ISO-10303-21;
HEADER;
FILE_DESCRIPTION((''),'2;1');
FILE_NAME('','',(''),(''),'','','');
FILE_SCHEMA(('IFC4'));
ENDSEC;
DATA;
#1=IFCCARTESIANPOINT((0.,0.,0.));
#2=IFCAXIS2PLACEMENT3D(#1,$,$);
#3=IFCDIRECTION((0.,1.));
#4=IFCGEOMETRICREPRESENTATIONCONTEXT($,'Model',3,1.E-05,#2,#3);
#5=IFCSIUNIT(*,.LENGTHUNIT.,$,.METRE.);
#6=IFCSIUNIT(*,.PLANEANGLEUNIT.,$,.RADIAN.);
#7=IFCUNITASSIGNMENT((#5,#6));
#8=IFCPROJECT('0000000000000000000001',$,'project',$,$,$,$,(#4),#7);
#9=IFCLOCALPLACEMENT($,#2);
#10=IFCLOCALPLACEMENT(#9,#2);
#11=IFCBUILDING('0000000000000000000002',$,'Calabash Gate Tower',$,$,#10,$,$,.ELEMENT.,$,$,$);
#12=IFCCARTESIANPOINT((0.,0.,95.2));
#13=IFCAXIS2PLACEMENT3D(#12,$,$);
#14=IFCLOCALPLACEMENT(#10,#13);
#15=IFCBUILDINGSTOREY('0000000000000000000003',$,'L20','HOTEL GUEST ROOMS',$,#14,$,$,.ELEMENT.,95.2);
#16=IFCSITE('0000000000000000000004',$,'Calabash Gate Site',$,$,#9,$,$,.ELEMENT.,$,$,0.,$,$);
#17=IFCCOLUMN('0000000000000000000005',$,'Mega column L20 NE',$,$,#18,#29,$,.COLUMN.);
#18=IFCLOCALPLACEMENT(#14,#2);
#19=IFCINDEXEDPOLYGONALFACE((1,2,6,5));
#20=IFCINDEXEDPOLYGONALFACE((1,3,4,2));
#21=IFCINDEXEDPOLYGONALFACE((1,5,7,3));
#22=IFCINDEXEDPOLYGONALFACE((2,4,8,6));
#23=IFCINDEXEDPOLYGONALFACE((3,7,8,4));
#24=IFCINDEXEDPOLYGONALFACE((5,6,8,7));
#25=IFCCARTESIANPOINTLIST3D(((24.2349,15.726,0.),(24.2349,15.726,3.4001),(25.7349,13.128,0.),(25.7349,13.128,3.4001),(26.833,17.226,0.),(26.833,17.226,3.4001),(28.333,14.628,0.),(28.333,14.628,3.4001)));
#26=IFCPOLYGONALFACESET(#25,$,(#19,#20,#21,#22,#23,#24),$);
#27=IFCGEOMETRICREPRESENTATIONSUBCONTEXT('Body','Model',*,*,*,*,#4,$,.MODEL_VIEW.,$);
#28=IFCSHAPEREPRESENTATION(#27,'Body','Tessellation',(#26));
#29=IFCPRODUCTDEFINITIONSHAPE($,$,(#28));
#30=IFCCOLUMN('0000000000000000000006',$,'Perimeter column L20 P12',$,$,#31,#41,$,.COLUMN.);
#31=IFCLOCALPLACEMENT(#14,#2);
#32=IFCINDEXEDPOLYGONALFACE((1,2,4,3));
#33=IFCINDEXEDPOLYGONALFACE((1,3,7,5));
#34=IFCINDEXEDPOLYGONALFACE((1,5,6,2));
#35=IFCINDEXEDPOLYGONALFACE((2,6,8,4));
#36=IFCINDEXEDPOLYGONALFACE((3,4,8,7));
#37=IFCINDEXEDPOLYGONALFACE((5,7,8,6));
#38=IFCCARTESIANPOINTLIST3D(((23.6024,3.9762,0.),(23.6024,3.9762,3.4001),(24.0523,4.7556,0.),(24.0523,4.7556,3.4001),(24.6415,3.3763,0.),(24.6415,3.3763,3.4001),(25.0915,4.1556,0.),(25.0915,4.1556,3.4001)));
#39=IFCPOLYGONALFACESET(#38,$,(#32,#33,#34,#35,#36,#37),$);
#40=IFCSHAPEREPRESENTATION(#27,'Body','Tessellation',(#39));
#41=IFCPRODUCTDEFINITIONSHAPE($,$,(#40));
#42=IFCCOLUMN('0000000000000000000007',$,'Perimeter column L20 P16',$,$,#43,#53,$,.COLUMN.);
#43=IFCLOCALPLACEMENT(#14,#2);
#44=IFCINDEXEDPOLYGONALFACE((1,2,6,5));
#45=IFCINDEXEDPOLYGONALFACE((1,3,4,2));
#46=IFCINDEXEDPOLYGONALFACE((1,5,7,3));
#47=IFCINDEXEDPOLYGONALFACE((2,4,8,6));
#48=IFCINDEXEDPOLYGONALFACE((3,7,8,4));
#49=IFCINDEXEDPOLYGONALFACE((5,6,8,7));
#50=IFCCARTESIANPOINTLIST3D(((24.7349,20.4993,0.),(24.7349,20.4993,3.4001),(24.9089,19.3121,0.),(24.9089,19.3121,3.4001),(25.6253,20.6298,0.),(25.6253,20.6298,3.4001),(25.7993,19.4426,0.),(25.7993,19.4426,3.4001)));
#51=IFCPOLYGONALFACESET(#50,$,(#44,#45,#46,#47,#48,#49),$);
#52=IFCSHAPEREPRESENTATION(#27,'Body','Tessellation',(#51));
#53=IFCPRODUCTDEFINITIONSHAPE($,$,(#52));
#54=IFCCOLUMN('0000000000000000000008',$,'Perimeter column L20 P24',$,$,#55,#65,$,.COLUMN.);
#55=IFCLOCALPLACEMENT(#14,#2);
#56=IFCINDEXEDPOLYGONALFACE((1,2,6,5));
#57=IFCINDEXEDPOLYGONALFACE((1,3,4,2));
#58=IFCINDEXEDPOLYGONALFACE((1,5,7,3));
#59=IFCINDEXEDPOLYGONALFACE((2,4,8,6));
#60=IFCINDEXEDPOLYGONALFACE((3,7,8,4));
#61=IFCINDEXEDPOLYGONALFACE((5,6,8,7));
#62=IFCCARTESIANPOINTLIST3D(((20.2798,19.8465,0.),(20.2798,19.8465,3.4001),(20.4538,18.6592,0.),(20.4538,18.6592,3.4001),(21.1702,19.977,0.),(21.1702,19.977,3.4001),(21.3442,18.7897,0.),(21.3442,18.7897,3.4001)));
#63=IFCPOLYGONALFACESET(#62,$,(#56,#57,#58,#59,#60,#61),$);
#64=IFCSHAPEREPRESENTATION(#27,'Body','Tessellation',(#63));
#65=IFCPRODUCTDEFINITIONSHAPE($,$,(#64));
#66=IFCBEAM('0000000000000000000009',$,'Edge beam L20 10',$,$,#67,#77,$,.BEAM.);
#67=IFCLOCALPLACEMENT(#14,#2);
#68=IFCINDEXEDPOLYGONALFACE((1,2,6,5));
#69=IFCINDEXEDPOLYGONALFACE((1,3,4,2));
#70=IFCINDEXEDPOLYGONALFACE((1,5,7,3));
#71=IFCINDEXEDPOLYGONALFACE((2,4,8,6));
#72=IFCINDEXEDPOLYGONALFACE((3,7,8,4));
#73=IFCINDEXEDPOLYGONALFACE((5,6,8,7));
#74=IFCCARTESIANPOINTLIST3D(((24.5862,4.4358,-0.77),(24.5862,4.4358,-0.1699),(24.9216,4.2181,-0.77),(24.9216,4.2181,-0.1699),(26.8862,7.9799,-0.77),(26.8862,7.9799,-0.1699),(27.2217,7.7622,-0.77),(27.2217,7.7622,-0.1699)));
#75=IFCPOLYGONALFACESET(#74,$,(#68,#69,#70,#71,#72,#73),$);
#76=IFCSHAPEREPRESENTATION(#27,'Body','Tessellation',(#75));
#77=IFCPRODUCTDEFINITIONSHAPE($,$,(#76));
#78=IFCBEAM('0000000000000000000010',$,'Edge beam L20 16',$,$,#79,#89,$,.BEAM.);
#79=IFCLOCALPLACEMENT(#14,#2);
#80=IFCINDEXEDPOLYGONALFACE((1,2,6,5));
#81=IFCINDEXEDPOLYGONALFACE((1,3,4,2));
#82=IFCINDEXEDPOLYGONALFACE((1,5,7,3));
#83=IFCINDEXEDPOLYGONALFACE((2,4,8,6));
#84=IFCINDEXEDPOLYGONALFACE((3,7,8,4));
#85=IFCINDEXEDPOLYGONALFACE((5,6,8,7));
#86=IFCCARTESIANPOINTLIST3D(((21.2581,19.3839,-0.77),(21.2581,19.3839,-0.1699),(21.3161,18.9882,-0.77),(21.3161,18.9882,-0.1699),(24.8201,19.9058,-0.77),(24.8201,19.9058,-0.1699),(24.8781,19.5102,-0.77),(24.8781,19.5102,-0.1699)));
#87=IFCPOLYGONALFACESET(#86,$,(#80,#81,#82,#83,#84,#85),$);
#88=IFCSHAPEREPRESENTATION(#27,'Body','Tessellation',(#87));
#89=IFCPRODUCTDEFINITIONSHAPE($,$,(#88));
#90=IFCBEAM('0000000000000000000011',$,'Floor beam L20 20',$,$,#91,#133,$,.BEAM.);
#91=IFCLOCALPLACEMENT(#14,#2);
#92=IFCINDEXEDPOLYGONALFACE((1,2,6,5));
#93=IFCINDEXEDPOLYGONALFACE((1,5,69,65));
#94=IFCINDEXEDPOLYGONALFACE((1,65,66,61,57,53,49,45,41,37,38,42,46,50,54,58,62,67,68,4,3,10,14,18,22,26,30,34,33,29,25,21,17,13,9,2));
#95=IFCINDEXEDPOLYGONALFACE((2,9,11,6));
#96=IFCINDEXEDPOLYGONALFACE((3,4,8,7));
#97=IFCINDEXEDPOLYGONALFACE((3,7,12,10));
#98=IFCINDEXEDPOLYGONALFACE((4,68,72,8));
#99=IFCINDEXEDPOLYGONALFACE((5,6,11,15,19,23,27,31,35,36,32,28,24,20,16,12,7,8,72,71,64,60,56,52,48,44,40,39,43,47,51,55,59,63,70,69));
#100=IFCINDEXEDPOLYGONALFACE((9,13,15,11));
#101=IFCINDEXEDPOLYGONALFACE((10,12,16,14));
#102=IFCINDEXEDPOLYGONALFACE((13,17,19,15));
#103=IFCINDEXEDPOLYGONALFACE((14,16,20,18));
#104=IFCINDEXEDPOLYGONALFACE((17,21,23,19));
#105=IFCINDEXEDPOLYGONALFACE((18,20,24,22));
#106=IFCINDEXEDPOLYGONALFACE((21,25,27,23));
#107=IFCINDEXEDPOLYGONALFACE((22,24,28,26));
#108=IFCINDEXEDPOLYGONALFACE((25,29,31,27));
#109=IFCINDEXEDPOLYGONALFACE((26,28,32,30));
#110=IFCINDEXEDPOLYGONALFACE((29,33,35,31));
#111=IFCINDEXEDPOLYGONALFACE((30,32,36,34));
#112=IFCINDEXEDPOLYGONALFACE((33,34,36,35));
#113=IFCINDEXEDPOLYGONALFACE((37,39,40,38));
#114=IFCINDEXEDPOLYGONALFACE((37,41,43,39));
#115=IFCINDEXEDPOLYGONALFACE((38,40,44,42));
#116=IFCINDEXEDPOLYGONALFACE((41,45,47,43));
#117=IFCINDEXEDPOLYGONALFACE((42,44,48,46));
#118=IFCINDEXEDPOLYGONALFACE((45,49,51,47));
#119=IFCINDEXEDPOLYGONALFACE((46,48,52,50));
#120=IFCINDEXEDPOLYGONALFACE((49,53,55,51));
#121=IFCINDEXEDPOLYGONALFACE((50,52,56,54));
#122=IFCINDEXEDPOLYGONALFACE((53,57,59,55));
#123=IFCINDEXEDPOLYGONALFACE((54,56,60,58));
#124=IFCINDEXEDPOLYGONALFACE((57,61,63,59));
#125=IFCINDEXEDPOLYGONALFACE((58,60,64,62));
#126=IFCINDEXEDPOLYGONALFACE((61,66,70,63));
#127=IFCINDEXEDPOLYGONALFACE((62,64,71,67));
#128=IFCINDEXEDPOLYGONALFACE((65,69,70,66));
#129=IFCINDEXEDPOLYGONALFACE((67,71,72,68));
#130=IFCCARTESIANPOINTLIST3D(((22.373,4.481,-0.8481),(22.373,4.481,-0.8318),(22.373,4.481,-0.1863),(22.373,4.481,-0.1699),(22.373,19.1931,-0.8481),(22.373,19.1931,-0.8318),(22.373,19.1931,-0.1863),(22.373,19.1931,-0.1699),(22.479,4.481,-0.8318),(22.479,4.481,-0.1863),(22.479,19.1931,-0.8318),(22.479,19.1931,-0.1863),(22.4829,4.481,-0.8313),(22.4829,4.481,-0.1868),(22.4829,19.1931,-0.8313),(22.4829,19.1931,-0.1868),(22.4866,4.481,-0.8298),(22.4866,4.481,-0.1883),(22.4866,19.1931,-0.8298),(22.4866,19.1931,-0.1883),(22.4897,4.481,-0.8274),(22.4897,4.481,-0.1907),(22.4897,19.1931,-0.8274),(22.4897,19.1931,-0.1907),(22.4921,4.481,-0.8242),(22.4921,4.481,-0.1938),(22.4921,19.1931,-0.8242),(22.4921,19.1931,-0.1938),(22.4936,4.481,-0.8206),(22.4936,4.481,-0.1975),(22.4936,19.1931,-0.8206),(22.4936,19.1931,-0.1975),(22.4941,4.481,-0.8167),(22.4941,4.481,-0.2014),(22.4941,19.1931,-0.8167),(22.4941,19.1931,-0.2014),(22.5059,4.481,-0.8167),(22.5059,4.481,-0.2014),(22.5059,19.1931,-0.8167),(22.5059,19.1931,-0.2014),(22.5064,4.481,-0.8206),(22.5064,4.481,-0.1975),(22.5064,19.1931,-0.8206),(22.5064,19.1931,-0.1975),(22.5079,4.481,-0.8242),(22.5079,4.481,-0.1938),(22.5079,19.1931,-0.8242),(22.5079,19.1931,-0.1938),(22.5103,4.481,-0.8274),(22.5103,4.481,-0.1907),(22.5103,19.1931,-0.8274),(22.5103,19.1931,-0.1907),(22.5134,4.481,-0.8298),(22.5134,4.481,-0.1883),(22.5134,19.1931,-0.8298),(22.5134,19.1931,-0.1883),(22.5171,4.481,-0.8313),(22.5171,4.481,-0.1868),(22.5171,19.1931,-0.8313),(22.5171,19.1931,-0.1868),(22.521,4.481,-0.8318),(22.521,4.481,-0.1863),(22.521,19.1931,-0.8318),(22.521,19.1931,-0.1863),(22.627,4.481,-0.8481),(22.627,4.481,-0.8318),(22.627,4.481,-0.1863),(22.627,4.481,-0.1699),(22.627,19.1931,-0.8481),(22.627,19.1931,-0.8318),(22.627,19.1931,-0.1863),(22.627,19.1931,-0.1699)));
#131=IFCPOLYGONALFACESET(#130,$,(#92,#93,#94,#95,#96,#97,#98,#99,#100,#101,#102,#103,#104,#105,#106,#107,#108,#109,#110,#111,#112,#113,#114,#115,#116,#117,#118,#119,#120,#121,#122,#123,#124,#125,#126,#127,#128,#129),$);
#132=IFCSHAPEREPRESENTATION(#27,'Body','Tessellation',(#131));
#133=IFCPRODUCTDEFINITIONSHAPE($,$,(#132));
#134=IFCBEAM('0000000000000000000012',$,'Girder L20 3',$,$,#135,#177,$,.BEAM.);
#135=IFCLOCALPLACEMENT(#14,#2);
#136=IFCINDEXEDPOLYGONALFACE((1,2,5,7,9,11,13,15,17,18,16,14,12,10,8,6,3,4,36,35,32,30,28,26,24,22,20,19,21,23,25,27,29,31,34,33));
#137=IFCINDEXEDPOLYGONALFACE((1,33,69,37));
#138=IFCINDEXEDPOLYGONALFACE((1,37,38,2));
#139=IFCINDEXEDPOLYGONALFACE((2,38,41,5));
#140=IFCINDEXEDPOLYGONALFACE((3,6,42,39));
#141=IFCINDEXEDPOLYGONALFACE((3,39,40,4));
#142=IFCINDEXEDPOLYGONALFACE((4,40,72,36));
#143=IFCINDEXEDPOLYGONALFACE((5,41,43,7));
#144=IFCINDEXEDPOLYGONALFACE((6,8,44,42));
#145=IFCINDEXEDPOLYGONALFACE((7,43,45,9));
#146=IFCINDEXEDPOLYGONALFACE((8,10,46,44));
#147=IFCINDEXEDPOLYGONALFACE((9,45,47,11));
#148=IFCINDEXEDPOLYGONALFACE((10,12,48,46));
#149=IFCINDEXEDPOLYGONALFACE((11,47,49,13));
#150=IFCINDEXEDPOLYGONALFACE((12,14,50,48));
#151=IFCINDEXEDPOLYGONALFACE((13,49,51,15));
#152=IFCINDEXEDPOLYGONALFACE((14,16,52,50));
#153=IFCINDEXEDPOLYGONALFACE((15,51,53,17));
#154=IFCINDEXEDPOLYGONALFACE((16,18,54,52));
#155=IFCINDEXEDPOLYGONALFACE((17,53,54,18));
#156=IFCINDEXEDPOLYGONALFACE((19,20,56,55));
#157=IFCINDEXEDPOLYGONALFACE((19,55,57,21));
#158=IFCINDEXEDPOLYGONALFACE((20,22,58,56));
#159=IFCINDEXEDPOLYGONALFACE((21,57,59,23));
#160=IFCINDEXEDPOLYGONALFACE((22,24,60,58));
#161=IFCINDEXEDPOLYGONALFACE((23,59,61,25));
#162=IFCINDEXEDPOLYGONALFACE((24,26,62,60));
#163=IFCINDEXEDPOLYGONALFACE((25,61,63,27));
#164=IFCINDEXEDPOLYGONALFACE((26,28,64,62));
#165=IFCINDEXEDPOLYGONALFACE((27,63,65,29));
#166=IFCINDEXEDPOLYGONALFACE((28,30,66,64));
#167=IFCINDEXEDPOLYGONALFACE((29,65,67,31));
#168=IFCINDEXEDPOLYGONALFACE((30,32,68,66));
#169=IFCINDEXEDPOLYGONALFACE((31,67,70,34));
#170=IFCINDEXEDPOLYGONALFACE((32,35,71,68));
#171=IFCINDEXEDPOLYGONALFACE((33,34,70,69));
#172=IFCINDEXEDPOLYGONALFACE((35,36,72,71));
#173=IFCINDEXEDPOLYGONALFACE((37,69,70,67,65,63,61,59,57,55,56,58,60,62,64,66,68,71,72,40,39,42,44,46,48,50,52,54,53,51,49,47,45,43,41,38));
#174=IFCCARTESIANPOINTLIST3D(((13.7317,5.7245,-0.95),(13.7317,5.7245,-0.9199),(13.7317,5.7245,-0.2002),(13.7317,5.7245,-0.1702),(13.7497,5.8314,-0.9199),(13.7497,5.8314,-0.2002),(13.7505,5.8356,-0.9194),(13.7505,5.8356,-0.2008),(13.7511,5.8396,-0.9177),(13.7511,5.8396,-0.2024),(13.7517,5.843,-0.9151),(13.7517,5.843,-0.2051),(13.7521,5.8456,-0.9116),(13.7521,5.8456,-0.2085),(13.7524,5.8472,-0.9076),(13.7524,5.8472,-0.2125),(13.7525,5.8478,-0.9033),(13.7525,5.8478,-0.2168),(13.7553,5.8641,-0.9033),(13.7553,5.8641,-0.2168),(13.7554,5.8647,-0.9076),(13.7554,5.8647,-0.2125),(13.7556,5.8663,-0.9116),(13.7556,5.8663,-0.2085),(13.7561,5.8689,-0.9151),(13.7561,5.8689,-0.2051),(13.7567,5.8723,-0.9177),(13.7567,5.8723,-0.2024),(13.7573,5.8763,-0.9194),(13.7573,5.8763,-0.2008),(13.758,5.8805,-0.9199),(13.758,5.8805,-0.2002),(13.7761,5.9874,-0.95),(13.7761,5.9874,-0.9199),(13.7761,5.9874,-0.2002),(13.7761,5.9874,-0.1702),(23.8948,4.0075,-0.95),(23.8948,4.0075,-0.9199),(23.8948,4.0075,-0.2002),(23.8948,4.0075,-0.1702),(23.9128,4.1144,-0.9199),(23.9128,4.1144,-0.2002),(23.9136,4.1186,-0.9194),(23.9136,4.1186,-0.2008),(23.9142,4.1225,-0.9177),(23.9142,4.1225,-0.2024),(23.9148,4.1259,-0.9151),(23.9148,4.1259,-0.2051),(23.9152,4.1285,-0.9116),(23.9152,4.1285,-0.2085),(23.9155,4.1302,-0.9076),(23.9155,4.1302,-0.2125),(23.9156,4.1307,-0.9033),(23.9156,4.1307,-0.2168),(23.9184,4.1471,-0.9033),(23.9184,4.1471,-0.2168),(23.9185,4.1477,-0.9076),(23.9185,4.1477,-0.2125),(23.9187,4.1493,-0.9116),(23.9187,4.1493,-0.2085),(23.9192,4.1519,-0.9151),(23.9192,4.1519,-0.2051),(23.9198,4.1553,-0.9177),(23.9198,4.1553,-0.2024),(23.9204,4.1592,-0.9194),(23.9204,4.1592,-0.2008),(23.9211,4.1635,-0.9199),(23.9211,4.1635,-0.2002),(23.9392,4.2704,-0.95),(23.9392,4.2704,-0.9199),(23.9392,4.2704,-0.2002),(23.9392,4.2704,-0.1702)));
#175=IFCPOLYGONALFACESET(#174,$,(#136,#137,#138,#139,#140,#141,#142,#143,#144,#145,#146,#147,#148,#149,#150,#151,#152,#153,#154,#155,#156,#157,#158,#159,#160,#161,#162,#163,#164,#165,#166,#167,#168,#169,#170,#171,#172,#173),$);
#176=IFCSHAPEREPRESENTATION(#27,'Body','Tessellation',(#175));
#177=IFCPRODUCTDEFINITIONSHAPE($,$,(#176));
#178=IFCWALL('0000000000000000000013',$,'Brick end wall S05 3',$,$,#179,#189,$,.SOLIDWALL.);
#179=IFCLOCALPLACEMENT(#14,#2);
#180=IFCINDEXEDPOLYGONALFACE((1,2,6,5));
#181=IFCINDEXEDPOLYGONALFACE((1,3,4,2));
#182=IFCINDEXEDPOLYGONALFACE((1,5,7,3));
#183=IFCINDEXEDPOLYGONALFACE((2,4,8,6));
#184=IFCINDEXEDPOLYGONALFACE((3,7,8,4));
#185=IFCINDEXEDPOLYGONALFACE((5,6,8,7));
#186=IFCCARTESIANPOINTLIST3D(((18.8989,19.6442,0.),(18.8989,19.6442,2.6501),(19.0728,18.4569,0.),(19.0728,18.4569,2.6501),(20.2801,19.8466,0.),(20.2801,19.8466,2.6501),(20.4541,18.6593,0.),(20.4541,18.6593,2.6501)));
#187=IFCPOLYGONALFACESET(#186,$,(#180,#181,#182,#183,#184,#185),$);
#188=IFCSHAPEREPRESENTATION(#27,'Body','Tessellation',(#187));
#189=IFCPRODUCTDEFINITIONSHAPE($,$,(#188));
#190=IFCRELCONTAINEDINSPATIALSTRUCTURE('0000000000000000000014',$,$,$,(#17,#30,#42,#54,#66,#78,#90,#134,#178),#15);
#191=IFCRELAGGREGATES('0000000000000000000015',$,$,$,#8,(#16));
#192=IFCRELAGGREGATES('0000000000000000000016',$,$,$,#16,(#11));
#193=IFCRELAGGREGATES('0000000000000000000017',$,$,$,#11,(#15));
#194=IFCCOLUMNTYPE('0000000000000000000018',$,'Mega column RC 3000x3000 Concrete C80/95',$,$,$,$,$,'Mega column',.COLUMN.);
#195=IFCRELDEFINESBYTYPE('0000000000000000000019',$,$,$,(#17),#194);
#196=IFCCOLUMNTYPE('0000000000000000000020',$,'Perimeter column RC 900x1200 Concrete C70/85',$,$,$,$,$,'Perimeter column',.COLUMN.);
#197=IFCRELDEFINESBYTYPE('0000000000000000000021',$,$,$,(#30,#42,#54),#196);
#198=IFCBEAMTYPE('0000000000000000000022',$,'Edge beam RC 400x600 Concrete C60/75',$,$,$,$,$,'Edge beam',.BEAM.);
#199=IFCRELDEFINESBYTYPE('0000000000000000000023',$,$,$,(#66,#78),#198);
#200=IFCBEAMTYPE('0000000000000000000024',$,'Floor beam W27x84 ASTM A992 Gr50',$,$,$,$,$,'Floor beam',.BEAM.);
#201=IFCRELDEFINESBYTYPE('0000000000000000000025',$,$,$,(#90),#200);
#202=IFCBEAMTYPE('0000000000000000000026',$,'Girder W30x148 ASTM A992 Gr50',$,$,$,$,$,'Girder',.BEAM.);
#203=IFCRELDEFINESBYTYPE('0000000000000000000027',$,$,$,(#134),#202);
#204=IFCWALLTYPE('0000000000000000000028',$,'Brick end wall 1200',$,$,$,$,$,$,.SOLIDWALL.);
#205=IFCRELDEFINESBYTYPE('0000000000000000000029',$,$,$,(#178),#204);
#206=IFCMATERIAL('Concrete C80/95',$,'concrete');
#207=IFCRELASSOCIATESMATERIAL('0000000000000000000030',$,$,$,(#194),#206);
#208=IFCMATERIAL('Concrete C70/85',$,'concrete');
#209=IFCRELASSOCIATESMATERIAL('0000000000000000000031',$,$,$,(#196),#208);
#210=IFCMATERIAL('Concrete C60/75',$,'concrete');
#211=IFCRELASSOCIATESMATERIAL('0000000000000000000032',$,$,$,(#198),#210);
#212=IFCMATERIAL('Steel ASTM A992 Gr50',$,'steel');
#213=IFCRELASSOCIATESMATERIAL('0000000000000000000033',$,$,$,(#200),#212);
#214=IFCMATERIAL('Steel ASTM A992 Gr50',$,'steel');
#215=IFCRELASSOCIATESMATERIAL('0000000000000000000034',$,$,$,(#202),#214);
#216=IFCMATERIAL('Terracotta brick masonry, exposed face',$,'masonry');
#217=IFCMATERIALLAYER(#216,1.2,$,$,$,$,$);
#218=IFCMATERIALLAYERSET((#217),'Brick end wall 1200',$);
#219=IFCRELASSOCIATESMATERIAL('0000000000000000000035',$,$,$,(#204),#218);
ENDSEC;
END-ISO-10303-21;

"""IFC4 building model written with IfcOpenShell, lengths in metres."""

from ifc_helpers import new_model, si_unit, direction, frame, frame_2d, origin, origin_2d, place, context, subcontext, project, spatial, rectangle, i_section, extrude, material, layer, layer_set, material_profile, profile_set, type_object, element, save


model = new_model("IFC4")

# Units and contexts
model_context = context("Model", 3, precision=1e-05, world=origin(), true_north=direction((0.0, 1.0)))
body_context = subcontext(model_context, "Body", "Model", "MODEL_VIEW")
ifc_project = project(units=[si_unit("LENGTHUNIT", "METRE"), si_unit("PLANEANGLEUNIT", "RADIAN")], contexts=[model_context])

# Site, building, storey
site_placement = place(None, origin())
site = spatial("IfcSite", under=ifc_project, at=site_placement, Name="Calabash Gate Site", CompositionType="ELEMENT", RefElevation=0.0)
building_placement = place(site_placement, origin())
building = spatial("IfcBuilding", under=site, at=building_placement, Name="Calabash Gate Tower", CompositionType="ELEMENT")
storey_placement = place(building_placement, frame((0.0, 0.0, 95.2)))
storey = spatial("IfcBuildingStorey", under=building, at=storey_placement, Name="L20", Description="HOTEL GUEST ROOMS", CompositionType="ELEMENT", Elevation=95.2)

# Columns
ifc_material_1 = material(Name="Concrete C80/95", Category="concrete")
ifc_material_profile_1 = material_profile(ifc_material_1, rectangle(XDim=3.0, YDim=3.0, at=origin_2d()))
ifc_profile_set_1 = profile_set([ifc_material_profile_1], Name="Concrete C80/95")
column_type_1 = type_object("IfcColumnType", Name="Mega column RC 3000x3000 Concrete C80/95", ElementType="Mega column", PredefinedType="COLUMN", material=ifc_profile_set_1)
column_placement = place(storey_placement, frame((26.2839, 15.177, 0.0), z_axis=(0.0, 0.0, 1.0), x_axis=(-0.866025, -0.5, 0.0)))
element("IfcColumn", 1, at=column_placement, inside=storey, type_object=column_type_1, Name="Mega column L20 NE", PredefinedType="COLUMN", context=body_context, shape_type="SweptSolid", body=[
    extrude(rectangle(XDim=3.0, YDim=3.0, at=origin_2d()), origin(), (0.0, 0.0, 1.0), 3.4001),
])
ifc_material_2 = material(Name="Concrete C70/85", Category="concrete")
ifc_material_profile_2 = material_profile(ifc_material_2, rectangle(XDim=0.8999, YDim=1.2, at=origin_2d()))
ifc_profile_set_2 = profile_set([ifc_material_profile_2], Name="Concrete C70/85")
column_type_2 = type_object("IfcColumnType", Name="Perimeter column RC 900x1200 Concrete C70/85", ElementType="Perimeter column", PredefinedType="COLUMN", material=ifc_profile_set_2)
for number, where, z_axis, x_axis, name in (
    (2, (24.3469, 4.0659, 0.0), (0.0, 0.0, 1.0), (0.5, 0.866025, 0.0), "Perimeter column L20 P12"),
    (3, (25.2671, 19.9709, 0.0), (0.0, 0.0, 1.0), (-0.98943, -0.145015, 0.0), "Perimeter column L20 P16"),
    (4, (20.812, 19.3181, 0.0), (0.0, 0.0, 1.0), (-0.98943, -0.145015, 0.0), "Perimeter column L20 P24"),
):
    element("IfcColumn", number, at=place(storey_placement, frame(where, z_axis=z_axis, x_axis=x_axis)), inside=storey, type_object=column_type_2, Name=name, PredefinedType="COLUMN", context=body_context, shape_type="SweptSolid", body=[
        extrude(rectangle(XDim=0.8999, YDim=1.2, at=origin_2d()), origin(), (0.0, 0.0, 1.0), 3.4001),
    ])

# Beams
ifc_material_3 = material(Name="Concrete C60/75", Category="concrete")
ifc_material_profile_3 = material_profile(ifc_material_3, rectangle(XDim=0.3999, YDim=0.6001, at=origin_2d()))
ifc_profile_set_3 = profile_set([ifc_material_profile_3], Name="Concrete C60/75")
beam_type_1 = type_object("IfcBeamType", Name="Edge beam RC 400x600 Concrete C60/75", ElementType="Edge beam", PredefinedType="BEAM", material=ifc_profile_set_3)
beam_1_placement = place(storey_placement, frame((24.7539, 4.3269, -0.47), z_axis=(0.544377, 0.838841, 0.0), x_axis=(-0.838841, 0.544377, 0.0)))
element("IfcBeam", 5, at=beam_1_placement, inside=storey, type_object=beam_type_1, Name="Edge beam L20 10", PredefinedType="BEAM", context=body_context, shape_type="SweptSolid", body=[
    extrude(rectangle(XDim=0.3999, YDim=0.6001, at=origin_2d()), origin(), (0.0, 0.0, 1.0), 4.2251),
])
beam_2_placement = place(storey_placement, frame((24.8491, 19.708, -0.47), z_axis=(-0.989433, -0.14499, 0.0), x_axis=(0.14499, -0.989433, 0.0)))
element("IfcBeam", 6, at=beam_2_placement, inside=storey, type_object=beam_type_1, Name="Edge beam L20 16", PredefinedType="BEAM", context=body_context, shape_type="SweptSolid", body=[
    extrude(rectangle(XDim=0.3999, YDim=0.6001, at=origin_2d()), origin(), (0.0, 0.0, 1.0), 3.6001),
])
ifc_material_4 = material(Name="Steel ASTM A992 Gr50", Category="steel")
ifc_material_profile_4 = material_profile(ifc_material_4, i_section(OverallWidth=0.2539, OverallDepth=0.6782, WebThickness=0.0117, FlangeThickness=0.0164, FilletRadius=0.0151, at=origin_2d()))
ifc_profile_set_4 = profile_set([ifc_material_profile_4], Name="Steel ASTM A992 Gr50")
beam_type_2 = type_object("IfcBeamType", Name="Floor beam W27x84 ASTM A992 Gr50", ElementType="Floor beam", PredefinedType="BEAM", material=ifc_profile_set_4)
beam_3_placement = place(storey_placement, frame((22.5, 4.481, -0.509), z_axis=(0.0, 1.0, 0.0), x_axis=(-1.0, 0.0, 0.0)))
element("IfcBeam", 7, at=beam_3_placement, inside=storey, type_object=beam_type_2, Name="Floor beam L20 20", PredefinedType="BEAM", context=body_context, shape_type="SweptSolid", body=[
    extrude(i_section(OverallWidth=0.2539, OverallDepth=0.6782, WebThickness=0.0117, FlangeThickness=0.0164, FilletRadius=0.0151, at=origin_2d()), origin(), (0.0, 0.0, 1.0), 14.7122),
])
ifc_material_5 = material(Name="Steel ASTM A992 Gr50", Category="steel")
ifc_material_profile_5 = material_profile(ifc_material_5, i_section(OverallWidth=0.2666, OverallDepth=0.7798, WebThickness=0.0166, FlangeThickness=0.03, FilletRadius=0.0166, at=origin_2d()))
ifc_profile_set_5 = profile_set([ifc_material_profile_5], Name="Steel ASTM A992 Gr50")
beam_type_3 = type_object("IfcBeamType", Name="Girder W30x148 ASTM A992 Gr50", ElementType="Girder", PredefinedType="BEAM", material=ifc_profile_set_5)
beam_4_placement = place(storey_placement, frame((23.917, 4.1389, -0.5601), z_axis=(-0.986027, 0.166588, 0.0), x_axis=(-0.166588, -0.986027, 0.0)))
element("IfcBeam", 8, at=beam_4_placement, inside=storey, type_object=beam_type_3, Name="Girder L20 3", PredefinedType="BEAM", context=body_context, shape_type="SweptSolid", body=[
    extrude(i_section(OverallWidth=0.2666, OverallDepth=0.7798, WebThickness=0.0166, FlangeThickness=0.03, FilletRadius=0.0166, at=origin_2d()), origin(), (0.0, 0.0, 1.0), 10.3071),
])

# Wall
ifc_material_6 = material(Name="Terracotta brick masonry, exposed face", Category="masonry")
ifc_layer_1 = layer(ifc_material_6, 1.2)
ifc_layer_set_1 = layer_set([ifc_layer_1], Name="Brick end wall 1200")
wall_type_1 = type_object("IfcWallType", Name="Brick end wall 1200", PredefinedType="SOLIDWALL", material=ifc_layer_set_1)
wall_1_placement = place(storey_placement, frame((18.9858, 19.0505, 0.0), z_axis=(0.0, 0.0, 1.0), x_axis=(0.989436, 0.14497, 0.0)))
element("IfcWall", 9, at=wall_1_placement, inside=storey, type_object=wall_type_1, Name="Brick end wall S05 3", PredefinedType="SOLIDWALL", context=body_context, shape_type="SweptSolid", body=[
    extrude(rectangle(XDim=1.396, YDim=1.2, at=frame_2d((0.698, 0.0))), origin(), (0.0, 0.0, 1.0), 2.6501),
])

save(model, "model.ifc")
